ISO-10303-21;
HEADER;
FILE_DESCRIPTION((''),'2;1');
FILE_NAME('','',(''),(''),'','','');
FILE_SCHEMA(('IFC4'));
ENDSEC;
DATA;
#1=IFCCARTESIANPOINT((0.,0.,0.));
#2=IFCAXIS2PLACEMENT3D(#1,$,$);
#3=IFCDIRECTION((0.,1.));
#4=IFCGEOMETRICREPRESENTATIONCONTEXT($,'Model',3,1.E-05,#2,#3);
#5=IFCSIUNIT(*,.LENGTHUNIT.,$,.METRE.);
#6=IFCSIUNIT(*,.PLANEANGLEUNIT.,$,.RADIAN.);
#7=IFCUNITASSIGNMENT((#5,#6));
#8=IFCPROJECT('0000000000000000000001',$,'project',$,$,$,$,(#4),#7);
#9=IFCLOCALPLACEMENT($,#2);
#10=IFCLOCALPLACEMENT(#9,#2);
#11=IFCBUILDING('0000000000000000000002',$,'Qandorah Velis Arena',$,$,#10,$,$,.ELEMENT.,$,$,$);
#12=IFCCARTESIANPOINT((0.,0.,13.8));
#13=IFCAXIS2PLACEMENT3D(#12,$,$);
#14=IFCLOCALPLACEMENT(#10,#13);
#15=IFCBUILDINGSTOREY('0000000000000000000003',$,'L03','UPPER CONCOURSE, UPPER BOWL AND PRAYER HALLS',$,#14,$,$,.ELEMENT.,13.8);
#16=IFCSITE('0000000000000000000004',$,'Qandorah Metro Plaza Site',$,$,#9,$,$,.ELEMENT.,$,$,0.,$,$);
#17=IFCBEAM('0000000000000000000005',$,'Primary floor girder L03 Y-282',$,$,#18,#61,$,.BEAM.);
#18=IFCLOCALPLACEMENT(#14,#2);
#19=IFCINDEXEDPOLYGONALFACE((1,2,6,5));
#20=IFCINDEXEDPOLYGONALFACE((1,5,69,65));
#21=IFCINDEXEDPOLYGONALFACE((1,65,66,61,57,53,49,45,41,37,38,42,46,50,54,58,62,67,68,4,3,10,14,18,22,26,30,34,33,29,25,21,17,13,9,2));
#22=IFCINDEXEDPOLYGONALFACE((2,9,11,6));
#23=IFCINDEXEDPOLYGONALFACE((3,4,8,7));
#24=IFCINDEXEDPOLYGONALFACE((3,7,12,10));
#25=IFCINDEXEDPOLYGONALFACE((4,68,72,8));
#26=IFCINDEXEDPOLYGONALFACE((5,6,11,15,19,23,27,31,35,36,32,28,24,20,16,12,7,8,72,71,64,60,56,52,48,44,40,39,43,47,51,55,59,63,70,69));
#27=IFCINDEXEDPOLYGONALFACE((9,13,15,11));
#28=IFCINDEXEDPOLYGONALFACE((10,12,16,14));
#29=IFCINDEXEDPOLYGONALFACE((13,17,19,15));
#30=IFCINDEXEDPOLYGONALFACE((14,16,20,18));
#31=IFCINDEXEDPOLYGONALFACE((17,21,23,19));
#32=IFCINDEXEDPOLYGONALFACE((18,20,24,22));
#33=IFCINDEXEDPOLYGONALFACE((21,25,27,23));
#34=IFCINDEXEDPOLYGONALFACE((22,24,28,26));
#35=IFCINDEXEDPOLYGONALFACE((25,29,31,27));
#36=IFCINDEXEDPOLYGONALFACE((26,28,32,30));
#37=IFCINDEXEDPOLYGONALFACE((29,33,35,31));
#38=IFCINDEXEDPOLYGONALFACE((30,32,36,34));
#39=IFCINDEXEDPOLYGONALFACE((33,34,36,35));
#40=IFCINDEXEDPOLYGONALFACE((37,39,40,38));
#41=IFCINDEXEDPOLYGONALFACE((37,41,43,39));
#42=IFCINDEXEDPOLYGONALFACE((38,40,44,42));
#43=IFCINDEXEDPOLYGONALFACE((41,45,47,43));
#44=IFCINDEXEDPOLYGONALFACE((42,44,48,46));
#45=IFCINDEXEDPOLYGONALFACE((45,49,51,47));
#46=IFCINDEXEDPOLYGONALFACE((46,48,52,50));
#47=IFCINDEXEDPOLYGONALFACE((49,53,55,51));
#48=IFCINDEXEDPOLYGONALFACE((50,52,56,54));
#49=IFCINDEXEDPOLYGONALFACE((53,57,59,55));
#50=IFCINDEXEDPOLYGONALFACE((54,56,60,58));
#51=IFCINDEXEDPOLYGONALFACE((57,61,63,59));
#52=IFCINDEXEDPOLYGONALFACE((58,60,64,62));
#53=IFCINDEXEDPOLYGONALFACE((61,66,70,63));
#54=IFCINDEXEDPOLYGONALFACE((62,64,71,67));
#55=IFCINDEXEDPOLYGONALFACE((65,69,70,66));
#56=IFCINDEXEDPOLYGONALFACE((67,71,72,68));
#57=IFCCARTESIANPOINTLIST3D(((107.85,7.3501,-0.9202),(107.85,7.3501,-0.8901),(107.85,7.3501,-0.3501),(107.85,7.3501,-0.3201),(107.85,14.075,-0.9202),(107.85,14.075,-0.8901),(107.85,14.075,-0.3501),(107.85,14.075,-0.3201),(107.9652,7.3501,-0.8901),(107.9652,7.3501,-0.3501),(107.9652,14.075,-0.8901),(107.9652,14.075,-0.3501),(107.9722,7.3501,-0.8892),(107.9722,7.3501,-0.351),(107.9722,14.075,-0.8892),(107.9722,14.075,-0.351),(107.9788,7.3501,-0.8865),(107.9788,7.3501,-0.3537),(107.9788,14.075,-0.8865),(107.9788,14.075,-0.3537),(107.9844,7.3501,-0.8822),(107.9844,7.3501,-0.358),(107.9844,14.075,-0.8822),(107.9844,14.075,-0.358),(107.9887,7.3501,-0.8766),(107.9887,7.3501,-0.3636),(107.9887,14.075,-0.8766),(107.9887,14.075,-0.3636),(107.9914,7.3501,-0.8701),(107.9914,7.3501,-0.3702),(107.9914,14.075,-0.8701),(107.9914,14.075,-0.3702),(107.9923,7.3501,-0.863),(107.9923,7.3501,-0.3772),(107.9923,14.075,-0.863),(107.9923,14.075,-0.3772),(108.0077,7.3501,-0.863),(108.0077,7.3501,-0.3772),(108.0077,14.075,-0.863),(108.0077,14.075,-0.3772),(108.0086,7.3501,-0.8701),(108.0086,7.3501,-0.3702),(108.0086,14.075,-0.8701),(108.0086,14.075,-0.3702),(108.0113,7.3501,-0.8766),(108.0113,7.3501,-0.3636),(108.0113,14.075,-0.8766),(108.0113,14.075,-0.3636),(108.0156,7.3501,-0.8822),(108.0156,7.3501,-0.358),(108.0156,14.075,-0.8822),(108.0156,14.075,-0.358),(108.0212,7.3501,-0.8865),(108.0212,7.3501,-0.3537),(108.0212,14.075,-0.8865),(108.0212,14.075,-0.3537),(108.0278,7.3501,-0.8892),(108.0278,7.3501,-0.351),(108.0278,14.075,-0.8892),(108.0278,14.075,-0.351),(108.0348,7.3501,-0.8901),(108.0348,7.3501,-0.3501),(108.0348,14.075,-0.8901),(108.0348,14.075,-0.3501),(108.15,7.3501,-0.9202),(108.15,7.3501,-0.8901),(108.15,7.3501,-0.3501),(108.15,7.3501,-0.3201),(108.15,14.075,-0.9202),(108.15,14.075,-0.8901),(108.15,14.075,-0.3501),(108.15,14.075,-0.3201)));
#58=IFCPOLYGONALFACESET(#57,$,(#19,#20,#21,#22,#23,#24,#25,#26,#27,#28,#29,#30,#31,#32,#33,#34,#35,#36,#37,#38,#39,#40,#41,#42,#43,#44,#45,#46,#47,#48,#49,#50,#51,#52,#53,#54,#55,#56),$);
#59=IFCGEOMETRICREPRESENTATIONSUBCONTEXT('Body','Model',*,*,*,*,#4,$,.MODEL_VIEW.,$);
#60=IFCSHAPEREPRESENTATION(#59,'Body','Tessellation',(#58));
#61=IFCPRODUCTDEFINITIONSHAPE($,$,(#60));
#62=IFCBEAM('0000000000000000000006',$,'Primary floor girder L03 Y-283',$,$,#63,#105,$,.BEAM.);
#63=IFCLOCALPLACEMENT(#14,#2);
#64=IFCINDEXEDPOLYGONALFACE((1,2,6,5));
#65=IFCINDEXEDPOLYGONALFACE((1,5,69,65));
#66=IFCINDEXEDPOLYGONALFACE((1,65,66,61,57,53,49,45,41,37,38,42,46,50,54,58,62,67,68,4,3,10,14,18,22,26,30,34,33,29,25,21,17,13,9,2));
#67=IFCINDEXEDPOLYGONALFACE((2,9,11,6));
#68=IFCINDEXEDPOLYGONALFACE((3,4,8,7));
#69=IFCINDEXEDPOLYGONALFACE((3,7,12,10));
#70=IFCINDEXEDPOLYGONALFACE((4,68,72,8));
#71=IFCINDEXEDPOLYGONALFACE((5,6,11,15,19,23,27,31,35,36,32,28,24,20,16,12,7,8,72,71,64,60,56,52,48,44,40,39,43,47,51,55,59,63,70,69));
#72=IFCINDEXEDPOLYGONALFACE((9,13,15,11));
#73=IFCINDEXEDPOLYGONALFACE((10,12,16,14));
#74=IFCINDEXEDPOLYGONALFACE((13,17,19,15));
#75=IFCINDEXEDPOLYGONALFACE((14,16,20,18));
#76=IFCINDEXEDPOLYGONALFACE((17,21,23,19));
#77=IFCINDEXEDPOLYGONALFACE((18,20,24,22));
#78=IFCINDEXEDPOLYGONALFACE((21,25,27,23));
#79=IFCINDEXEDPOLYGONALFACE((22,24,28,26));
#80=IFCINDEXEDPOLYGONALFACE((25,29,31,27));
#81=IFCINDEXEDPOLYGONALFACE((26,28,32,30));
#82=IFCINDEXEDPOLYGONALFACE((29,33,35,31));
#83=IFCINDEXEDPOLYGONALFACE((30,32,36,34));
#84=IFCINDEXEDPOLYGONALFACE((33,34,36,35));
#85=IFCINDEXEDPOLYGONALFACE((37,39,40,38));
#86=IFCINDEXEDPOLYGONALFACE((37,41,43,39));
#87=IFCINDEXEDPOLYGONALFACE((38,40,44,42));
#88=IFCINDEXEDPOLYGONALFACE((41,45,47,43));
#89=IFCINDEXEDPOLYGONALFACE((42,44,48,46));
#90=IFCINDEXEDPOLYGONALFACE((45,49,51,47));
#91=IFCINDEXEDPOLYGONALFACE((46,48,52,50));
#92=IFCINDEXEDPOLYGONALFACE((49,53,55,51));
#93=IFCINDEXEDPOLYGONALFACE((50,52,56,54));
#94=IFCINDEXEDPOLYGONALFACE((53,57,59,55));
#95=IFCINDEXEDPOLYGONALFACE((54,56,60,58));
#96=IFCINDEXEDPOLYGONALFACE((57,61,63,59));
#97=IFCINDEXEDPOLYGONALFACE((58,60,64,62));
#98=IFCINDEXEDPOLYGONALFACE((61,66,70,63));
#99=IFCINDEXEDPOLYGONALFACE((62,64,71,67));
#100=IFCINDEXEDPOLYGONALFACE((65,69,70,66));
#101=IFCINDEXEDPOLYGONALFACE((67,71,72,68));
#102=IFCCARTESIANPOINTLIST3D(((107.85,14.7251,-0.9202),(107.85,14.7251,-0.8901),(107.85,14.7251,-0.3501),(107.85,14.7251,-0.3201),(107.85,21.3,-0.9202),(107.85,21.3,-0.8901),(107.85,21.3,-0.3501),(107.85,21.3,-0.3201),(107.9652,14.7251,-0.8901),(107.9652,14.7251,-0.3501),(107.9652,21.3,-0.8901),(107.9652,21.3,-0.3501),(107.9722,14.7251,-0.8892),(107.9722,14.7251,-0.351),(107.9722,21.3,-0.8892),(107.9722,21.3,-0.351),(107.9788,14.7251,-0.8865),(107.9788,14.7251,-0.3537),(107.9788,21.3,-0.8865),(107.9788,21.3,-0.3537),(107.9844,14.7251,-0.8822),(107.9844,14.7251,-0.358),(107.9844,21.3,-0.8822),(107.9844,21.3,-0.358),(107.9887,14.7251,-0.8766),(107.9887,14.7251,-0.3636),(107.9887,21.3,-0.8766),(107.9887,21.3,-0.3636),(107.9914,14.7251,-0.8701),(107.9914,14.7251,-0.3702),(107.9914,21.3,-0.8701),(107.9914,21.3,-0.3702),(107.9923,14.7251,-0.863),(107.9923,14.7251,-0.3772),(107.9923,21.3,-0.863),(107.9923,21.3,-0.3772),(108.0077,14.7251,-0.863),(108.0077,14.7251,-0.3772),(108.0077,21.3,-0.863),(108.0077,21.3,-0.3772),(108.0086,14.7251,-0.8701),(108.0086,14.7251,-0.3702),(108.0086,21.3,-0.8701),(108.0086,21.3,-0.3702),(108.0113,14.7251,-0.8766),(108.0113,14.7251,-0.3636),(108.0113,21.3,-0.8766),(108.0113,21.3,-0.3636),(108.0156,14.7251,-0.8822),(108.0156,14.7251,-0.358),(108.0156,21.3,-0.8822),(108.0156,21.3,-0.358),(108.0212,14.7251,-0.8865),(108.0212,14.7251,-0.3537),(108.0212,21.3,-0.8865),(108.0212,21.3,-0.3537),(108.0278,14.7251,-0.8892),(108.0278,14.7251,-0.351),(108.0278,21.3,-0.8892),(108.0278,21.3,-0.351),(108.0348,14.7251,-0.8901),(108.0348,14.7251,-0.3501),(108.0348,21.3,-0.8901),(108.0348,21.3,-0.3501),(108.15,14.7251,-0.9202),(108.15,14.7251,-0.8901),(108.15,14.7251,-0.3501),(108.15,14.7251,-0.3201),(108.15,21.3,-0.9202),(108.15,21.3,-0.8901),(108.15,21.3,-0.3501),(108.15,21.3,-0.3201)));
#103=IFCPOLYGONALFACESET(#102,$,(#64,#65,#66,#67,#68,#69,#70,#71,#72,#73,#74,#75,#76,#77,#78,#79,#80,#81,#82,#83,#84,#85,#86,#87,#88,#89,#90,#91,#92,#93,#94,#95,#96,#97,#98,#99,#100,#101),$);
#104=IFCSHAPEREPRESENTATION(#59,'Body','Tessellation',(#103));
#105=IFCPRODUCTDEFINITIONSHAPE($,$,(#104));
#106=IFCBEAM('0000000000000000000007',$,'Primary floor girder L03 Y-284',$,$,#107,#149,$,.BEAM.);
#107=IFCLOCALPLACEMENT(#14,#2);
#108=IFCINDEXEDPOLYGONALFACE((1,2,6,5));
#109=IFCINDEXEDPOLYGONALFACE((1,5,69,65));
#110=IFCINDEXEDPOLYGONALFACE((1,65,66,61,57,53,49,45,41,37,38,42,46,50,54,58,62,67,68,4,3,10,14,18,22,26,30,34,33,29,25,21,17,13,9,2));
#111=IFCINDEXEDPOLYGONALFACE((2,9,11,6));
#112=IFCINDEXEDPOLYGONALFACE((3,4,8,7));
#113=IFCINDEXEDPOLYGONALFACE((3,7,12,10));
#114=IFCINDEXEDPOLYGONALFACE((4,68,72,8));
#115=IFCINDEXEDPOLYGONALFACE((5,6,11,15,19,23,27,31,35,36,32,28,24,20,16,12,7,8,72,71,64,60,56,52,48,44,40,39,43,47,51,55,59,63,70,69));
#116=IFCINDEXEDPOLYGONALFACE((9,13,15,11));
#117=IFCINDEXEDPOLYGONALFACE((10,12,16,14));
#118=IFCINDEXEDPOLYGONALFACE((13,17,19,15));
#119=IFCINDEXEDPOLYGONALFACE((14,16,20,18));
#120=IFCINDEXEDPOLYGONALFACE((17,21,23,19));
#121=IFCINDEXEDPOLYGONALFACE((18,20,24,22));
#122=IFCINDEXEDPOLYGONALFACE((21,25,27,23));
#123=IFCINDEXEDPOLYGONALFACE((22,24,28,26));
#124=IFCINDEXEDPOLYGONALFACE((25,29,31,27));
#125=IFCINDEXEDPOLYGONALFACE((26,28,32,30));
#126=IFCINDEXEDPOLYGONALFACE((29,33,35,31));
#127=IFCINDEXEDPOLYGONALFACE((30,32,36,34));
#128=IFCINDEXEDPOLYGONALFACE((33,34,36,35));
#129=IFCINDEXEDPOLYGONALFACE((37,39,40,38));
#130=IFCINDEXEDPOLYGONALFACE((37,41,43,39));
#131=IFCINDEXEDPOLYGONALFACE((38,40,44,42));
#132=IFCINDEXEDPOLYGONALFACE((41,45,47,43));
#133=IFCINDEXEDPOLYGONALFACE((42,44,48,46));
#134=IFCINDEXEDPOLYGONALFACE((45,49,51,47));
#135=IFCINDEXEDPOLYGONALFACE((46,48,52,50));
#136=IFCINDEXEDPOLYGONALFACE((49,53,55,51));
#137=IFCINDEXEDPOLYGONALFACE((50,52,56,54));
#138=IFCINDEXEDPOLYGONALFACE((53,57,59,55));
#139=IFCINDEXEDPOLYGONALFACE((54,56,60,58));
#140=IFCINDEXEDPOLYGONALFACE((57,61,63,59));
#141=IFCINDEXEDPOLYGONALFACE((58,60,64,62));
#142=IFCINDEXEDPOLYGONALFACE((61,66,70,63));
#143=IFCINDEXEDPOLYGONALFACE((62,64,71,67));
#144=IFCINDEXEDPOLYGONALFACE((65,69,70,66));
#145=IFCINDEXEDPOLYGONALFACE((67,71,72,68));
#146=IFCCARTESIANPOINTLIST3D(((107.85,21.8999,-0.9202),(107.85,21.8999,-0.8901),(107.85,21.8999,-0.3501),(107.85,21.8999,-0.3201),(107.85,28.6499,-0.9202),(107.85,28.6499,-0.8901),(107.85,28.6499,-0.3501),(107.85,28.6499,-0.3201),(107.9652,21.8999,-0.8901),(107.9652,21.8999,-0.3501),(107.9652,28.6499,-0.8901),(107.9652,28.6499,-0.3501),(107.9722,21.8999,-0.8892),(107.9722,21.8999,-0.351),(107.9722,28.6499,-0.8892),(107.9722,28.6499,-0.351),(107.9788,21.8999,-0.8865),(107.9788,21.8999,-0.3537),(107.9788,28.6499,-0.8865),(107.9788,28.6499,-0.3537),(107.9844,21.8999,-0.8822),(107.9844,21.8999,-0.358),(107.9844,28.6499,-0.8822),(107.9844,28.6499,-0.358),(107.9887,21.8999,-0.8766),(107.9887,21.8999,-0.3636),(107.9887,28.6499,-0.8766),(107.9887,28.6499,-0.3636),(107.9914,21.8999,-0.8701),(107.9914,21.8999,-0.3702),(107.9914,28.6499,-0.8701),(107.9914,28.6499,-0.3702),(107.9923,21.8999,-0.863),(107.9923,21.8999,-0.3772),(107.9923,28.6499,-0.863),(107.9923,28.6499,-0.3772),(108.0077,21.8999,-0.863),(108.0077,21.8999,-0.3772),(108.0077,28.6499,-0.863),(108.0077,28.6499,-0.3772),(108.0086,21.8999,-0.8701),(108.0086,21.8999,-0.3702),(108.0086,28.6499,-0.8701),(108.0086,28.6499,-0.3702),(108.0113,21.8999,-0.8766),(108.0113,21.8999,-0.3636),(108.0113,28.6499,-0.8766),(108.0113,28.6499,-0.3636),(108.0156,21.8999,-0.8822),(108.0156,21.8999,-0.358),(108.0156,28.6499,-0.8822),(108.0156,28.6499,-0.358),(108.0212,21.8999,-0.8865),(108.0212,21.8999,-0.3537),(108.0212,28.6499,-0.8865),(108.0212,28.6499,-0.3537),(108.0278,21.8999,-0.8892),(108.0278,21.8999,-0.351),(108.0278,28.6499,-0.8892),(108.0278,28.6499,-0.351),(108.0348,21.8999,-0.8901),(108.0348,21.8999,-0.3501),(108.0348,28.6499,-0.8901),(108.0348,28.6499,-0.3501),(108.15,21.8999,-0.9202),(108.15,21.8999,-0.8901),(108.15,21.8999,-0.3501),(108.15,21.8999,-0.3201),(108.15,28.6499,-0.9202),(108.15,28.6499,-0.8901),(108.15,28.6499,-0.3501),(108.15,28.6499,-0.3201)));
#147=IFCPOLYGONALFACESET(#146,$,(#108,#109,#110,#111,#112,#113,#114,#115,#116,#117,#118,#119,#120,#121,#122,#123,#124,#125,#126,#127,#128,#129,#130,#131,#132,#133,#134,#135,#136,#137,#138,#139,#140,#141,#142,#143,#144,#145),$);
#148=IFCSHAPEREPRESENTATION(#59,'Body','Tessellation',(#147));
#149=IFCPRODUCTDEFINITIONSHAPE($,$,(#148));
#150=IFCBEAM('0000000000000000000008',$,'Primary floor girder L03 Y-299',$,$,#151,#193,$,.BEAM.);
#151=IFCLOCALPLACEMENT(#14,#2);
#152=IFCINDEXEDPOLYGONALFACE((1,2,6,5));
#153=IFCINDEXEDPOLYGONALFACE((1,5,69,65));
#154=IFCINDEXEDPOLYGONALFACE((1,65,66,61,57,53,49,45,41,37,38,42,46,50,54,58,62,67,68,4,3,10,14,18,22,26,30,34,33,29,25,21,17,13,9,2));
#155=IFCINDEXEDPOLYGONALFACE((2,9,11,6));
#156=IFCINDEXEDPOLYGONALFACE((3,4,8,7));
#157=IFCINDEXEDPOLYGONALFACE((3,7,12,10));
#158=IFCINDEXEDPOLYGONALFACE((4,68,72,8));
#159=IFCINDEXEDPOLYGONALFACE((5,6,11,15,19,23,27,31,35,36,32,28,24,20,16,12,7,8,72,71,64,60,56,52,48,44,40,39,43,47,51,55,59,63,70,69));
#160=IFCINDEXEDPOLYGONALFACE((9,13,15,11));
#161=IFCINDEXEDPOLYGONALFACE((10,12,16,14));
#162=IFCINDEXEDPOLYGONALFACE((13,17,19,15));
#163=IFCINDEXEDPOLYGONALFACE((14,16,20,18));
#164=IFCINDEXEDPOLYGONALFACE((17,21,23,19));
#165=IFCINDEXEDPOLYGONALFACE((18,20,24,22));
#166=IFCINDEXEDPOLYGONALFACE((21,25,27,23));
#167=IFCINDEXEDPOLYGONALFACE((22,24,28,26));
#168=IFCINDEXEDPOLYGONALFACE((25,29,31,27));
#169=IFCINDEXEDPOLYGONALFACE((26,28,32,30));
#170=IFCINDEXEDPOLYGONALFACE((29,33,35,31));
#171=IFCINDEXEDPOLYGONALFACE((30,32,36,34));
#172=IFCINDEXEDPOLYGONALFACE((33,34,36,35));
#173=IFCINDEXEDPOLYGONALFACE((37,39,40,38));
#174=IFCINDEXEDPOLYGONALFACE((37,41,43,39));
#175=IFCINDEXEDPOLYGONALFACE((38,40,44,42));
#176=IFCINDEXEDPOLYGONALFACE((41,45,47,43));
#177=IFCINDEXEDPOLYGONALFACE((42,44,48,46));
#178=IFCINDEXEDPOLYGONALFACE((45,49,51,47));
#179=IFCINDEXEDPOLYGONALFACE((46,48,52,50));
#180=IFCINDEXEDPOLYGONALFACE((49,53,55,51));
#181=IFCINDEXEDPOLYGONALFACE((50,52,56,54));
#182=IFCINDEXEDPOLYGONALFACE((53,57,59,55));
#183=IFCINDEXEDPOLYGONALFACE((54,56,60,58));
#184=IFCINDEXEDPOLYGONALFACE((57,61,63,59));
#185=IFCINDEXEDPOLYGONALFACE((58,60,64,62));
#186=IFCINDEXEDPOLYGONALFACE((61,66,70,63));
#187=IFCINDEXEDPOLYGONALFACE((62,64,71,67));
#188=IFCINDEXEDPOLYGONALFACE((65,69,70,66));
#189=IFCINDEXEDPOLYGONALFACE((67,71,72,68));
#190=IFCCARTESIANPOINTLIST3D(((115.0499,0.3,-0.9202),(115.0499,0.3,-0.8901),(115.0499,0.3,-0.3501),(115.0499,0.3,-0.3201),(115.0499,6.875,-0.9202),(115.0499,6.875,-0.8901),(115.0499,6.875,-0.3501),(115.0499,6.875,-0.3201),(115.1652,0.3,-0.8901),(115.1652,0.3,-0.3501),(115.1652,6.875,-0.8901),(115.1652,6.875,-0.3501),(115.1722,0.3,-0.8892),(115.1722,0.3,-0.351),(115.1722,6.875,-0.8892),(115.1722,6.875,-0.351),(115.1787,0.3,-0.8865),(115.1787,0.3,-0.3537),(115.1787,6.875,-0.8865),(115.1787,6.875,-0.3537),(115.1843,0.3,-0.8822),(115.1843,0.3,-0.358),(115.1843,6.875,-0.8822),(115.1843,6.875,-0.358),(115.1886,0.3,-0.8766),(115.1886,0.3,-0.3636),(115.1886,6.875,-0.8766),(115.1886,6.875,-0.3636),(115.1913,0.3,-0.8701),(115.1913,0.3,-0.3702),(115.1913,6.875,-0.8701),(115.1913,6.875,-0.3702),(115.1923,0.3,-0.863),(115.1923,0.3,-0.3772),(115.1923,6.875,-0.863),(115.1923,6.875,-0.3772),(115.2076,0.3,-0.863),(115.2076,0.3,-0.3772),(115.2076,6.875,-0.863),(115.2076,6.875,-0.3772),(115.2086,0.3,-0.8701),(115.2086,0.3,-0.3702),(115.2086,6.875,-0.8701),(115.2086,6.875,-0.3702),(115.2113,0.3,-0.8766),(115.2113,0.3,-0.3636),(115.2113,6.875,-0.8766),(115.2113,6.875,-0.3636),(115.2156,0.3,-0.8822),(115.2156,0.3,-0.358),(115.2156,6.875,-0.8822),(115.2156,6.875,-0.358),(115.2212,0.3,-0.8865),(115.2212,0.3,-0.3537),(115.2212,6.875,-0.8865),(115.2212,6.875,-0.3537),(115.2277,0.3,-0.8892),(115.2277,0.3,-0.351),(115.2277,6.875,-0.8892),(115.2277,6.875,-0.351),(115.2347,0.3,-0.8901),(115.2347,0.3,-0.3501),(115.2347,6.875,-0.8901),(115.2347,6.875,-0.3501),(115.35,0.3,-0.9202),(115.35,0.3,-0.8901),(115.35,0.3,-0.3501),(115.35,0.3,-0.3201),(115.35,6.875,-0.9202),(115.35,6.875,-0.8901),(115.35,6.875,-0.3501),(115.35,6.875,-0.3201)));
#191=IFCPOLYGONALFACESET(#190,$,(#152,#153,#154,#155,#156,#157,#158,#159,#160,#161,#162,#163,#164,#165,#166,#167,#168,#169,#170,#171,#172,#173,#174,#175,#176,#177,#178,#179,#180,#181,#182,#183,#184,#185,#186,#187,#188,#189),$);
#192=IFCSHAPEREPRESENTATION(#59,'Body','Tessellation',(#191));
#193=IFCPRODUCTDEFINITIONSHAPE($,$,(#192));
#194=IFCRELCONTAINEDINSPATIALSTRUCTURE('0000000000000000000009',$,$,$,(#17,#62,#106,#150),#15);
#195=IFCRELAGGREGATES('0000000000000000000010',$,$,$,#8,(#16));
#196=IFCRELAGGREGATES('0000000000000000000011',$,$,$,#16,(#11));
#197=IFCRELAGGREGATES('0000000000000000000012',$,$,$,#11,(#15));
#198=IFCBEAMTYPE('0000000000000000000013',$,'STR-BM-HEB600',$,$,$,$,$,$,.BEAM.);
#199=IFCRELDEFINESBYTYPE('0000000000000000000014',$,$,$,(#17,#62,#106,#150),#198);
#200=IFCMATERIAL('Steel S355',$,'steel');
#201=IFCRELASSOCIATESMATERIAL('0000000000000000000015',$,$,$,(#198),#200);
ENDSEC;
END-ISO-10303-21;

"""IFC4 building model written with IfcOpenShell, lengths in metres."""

from ifc_helpers import new_model, si_unit, direction, frame, origin, origin_2d, place, context, subcontext, project, spatial, i_section, extrude, material, material_profile, profile_set, type_object, element, save


model = new_model("IFC4")

# Units and contexts
model_context = context("Model", 3, precision=1e-05, world=origin(), true_north=direction((0.0, 1.0)))
body_context = subcontext(model_context, "Body", "Model", "MODEL_VIEW")
ifc_project = project(units=[si_unit("LENGTHUNIT", "METRE"), si_unit("PLANEANGLEUNIT", "RADIAN")], contexts=[model_context])

# Site, building, storey
site_placement = place(None, origin())
site = spatial("IfcSite", under=ifc_project, at=site_placement, Name="Qandorah Metro Plaza Site", CompositionType="ELEMENT", RefElevation=0.0)
building_placement = place(site_placement, origin())
building = spatial("IfcBuilding", under=site, at=building_placement, Name="Qandorah Velis Arena", CompositionType="ELEMENT")
storey_placement = place(building_placement, frame((0.0, 0.0, 13.8)))
storey = spatial("IfcBuildingStorey", under=building, at=storey_placement, Name="L03", Description="UPPER CONCOURSE, UPPER BOWL AND PRAYER HALLS", CompositionType="ELEMENT", Elevation=13.8)

# Beams
ifc_material_1 = material(Name="Steel S355", Category="steel")
ifc_material_profile_1 = material_profile(ifc_material_1, i_section(OverallWidth=0.3, OverallDepth=0.6001, WebThickness=0.0154, FlangeThickness=0.03, FilletRadius=0.0271, at=origin_2d()), Name="HEB 600")
ifc_profile_set_1 = profile_set([ifc_material_profile_1], Name="Steel S355")
beam_type_1 = type_object("IfcBeamType", Name="STR-BM-HEB600", PredefinedType="BEAM", material=ifc_profile_set_1)
beam_1_placement = place(storey_placement, frame((108.0, 7.3501, -0.6201), z_axis=(0.0, 1.0, 0.0), x_axis=(-1.0, 0.0, 0.0)))
element("IfcBeam", 1, at=beam_1_placement, inside=storey, type_object=beam_type_1, Name="Primary floor girder L03 Y-282", PredefinedType="BEAM", context=body_context, shape_type="SweptSolid", body=[
    extrude(i_section(OverallWidth=0.3, OverallDepth=0.6001, WebThickness=0.0154, FlangeThickness=0.03, FilletRadius=0.0271, at=origin_2d()), origin(), (0.0, 0.0, 1.0), 6.7249),
])
beam_2_placement = place(storey_placement, frame((108.0, 14.7251, -0.6201), z_axis=(0.0, 1.0, 0.0), x_axis=(-1.0, 0.0, 0.0)))
element("IfcBeam", 2, at=beam_2_placement, inside=storey, type_object=beam_type_1, Name="Primary floor girder L03 Y-283", PredefinedType="BEAM", context=body_context, shape_type="SweptSolid", body=[
    extrude(i_section(OverallWidth=0.3, OverallDepth=0.6001, WebThickness=0.0154, FlangeThickness=0.03, FilletRadius=0.0271, at=origin_2d()), origin(), (0.0, 0.0, 1.0), 6.575),
])
beam_3_placement = place(storey_placement, frame((108.0, 21.8999, -0.6201), z_axis=(0.0, 1.0, 0.0), x_axis=(-1.0, 0.0, 0.0)))
element("IfcBeam", 3, at=beam_3_placement, inside=storey, type_object=beam_type_1, Name="Primary floor girder L03 Y-284", PredefinedType="BEAM", context=body_context, shape_type="SweptSolid", body=[
    extrude(i_section(OverallWidth=0.3, OverallDepth=0.6001, WebThickness=0.0154, FlangeThickness=0.03, FilletRadius=0.0271, at=origin_2d()), origin(), (0.0, 0.0, 1.0), 6.75),
])
beam_4_placement = place(storey_placement, frame((115.2, 0.3, -0.6201), z_axis=(0.0, 1.0, 0.0), x_axis=(-1.0, 0.0, 0.0)))
element("IfcBeam", 4, at=beam_4_placement, inside=storey, type_object=beam_type_1, Name="Primary floor girder L03 Y-299", PredefinedType="BEAM", context=body_context, shape_type="SweptSolid", body=[
    extrude(i_section(OverallWidth=0.3, OverallDepth=0.6001, WebThickness=0.0154, FlangeThickness=0.03, FilletRadius=0.0271, at=origin_2d()), origin(), (0.0, 0.0, 1.0), 6.575),
])

save(model, "model.ifc")
